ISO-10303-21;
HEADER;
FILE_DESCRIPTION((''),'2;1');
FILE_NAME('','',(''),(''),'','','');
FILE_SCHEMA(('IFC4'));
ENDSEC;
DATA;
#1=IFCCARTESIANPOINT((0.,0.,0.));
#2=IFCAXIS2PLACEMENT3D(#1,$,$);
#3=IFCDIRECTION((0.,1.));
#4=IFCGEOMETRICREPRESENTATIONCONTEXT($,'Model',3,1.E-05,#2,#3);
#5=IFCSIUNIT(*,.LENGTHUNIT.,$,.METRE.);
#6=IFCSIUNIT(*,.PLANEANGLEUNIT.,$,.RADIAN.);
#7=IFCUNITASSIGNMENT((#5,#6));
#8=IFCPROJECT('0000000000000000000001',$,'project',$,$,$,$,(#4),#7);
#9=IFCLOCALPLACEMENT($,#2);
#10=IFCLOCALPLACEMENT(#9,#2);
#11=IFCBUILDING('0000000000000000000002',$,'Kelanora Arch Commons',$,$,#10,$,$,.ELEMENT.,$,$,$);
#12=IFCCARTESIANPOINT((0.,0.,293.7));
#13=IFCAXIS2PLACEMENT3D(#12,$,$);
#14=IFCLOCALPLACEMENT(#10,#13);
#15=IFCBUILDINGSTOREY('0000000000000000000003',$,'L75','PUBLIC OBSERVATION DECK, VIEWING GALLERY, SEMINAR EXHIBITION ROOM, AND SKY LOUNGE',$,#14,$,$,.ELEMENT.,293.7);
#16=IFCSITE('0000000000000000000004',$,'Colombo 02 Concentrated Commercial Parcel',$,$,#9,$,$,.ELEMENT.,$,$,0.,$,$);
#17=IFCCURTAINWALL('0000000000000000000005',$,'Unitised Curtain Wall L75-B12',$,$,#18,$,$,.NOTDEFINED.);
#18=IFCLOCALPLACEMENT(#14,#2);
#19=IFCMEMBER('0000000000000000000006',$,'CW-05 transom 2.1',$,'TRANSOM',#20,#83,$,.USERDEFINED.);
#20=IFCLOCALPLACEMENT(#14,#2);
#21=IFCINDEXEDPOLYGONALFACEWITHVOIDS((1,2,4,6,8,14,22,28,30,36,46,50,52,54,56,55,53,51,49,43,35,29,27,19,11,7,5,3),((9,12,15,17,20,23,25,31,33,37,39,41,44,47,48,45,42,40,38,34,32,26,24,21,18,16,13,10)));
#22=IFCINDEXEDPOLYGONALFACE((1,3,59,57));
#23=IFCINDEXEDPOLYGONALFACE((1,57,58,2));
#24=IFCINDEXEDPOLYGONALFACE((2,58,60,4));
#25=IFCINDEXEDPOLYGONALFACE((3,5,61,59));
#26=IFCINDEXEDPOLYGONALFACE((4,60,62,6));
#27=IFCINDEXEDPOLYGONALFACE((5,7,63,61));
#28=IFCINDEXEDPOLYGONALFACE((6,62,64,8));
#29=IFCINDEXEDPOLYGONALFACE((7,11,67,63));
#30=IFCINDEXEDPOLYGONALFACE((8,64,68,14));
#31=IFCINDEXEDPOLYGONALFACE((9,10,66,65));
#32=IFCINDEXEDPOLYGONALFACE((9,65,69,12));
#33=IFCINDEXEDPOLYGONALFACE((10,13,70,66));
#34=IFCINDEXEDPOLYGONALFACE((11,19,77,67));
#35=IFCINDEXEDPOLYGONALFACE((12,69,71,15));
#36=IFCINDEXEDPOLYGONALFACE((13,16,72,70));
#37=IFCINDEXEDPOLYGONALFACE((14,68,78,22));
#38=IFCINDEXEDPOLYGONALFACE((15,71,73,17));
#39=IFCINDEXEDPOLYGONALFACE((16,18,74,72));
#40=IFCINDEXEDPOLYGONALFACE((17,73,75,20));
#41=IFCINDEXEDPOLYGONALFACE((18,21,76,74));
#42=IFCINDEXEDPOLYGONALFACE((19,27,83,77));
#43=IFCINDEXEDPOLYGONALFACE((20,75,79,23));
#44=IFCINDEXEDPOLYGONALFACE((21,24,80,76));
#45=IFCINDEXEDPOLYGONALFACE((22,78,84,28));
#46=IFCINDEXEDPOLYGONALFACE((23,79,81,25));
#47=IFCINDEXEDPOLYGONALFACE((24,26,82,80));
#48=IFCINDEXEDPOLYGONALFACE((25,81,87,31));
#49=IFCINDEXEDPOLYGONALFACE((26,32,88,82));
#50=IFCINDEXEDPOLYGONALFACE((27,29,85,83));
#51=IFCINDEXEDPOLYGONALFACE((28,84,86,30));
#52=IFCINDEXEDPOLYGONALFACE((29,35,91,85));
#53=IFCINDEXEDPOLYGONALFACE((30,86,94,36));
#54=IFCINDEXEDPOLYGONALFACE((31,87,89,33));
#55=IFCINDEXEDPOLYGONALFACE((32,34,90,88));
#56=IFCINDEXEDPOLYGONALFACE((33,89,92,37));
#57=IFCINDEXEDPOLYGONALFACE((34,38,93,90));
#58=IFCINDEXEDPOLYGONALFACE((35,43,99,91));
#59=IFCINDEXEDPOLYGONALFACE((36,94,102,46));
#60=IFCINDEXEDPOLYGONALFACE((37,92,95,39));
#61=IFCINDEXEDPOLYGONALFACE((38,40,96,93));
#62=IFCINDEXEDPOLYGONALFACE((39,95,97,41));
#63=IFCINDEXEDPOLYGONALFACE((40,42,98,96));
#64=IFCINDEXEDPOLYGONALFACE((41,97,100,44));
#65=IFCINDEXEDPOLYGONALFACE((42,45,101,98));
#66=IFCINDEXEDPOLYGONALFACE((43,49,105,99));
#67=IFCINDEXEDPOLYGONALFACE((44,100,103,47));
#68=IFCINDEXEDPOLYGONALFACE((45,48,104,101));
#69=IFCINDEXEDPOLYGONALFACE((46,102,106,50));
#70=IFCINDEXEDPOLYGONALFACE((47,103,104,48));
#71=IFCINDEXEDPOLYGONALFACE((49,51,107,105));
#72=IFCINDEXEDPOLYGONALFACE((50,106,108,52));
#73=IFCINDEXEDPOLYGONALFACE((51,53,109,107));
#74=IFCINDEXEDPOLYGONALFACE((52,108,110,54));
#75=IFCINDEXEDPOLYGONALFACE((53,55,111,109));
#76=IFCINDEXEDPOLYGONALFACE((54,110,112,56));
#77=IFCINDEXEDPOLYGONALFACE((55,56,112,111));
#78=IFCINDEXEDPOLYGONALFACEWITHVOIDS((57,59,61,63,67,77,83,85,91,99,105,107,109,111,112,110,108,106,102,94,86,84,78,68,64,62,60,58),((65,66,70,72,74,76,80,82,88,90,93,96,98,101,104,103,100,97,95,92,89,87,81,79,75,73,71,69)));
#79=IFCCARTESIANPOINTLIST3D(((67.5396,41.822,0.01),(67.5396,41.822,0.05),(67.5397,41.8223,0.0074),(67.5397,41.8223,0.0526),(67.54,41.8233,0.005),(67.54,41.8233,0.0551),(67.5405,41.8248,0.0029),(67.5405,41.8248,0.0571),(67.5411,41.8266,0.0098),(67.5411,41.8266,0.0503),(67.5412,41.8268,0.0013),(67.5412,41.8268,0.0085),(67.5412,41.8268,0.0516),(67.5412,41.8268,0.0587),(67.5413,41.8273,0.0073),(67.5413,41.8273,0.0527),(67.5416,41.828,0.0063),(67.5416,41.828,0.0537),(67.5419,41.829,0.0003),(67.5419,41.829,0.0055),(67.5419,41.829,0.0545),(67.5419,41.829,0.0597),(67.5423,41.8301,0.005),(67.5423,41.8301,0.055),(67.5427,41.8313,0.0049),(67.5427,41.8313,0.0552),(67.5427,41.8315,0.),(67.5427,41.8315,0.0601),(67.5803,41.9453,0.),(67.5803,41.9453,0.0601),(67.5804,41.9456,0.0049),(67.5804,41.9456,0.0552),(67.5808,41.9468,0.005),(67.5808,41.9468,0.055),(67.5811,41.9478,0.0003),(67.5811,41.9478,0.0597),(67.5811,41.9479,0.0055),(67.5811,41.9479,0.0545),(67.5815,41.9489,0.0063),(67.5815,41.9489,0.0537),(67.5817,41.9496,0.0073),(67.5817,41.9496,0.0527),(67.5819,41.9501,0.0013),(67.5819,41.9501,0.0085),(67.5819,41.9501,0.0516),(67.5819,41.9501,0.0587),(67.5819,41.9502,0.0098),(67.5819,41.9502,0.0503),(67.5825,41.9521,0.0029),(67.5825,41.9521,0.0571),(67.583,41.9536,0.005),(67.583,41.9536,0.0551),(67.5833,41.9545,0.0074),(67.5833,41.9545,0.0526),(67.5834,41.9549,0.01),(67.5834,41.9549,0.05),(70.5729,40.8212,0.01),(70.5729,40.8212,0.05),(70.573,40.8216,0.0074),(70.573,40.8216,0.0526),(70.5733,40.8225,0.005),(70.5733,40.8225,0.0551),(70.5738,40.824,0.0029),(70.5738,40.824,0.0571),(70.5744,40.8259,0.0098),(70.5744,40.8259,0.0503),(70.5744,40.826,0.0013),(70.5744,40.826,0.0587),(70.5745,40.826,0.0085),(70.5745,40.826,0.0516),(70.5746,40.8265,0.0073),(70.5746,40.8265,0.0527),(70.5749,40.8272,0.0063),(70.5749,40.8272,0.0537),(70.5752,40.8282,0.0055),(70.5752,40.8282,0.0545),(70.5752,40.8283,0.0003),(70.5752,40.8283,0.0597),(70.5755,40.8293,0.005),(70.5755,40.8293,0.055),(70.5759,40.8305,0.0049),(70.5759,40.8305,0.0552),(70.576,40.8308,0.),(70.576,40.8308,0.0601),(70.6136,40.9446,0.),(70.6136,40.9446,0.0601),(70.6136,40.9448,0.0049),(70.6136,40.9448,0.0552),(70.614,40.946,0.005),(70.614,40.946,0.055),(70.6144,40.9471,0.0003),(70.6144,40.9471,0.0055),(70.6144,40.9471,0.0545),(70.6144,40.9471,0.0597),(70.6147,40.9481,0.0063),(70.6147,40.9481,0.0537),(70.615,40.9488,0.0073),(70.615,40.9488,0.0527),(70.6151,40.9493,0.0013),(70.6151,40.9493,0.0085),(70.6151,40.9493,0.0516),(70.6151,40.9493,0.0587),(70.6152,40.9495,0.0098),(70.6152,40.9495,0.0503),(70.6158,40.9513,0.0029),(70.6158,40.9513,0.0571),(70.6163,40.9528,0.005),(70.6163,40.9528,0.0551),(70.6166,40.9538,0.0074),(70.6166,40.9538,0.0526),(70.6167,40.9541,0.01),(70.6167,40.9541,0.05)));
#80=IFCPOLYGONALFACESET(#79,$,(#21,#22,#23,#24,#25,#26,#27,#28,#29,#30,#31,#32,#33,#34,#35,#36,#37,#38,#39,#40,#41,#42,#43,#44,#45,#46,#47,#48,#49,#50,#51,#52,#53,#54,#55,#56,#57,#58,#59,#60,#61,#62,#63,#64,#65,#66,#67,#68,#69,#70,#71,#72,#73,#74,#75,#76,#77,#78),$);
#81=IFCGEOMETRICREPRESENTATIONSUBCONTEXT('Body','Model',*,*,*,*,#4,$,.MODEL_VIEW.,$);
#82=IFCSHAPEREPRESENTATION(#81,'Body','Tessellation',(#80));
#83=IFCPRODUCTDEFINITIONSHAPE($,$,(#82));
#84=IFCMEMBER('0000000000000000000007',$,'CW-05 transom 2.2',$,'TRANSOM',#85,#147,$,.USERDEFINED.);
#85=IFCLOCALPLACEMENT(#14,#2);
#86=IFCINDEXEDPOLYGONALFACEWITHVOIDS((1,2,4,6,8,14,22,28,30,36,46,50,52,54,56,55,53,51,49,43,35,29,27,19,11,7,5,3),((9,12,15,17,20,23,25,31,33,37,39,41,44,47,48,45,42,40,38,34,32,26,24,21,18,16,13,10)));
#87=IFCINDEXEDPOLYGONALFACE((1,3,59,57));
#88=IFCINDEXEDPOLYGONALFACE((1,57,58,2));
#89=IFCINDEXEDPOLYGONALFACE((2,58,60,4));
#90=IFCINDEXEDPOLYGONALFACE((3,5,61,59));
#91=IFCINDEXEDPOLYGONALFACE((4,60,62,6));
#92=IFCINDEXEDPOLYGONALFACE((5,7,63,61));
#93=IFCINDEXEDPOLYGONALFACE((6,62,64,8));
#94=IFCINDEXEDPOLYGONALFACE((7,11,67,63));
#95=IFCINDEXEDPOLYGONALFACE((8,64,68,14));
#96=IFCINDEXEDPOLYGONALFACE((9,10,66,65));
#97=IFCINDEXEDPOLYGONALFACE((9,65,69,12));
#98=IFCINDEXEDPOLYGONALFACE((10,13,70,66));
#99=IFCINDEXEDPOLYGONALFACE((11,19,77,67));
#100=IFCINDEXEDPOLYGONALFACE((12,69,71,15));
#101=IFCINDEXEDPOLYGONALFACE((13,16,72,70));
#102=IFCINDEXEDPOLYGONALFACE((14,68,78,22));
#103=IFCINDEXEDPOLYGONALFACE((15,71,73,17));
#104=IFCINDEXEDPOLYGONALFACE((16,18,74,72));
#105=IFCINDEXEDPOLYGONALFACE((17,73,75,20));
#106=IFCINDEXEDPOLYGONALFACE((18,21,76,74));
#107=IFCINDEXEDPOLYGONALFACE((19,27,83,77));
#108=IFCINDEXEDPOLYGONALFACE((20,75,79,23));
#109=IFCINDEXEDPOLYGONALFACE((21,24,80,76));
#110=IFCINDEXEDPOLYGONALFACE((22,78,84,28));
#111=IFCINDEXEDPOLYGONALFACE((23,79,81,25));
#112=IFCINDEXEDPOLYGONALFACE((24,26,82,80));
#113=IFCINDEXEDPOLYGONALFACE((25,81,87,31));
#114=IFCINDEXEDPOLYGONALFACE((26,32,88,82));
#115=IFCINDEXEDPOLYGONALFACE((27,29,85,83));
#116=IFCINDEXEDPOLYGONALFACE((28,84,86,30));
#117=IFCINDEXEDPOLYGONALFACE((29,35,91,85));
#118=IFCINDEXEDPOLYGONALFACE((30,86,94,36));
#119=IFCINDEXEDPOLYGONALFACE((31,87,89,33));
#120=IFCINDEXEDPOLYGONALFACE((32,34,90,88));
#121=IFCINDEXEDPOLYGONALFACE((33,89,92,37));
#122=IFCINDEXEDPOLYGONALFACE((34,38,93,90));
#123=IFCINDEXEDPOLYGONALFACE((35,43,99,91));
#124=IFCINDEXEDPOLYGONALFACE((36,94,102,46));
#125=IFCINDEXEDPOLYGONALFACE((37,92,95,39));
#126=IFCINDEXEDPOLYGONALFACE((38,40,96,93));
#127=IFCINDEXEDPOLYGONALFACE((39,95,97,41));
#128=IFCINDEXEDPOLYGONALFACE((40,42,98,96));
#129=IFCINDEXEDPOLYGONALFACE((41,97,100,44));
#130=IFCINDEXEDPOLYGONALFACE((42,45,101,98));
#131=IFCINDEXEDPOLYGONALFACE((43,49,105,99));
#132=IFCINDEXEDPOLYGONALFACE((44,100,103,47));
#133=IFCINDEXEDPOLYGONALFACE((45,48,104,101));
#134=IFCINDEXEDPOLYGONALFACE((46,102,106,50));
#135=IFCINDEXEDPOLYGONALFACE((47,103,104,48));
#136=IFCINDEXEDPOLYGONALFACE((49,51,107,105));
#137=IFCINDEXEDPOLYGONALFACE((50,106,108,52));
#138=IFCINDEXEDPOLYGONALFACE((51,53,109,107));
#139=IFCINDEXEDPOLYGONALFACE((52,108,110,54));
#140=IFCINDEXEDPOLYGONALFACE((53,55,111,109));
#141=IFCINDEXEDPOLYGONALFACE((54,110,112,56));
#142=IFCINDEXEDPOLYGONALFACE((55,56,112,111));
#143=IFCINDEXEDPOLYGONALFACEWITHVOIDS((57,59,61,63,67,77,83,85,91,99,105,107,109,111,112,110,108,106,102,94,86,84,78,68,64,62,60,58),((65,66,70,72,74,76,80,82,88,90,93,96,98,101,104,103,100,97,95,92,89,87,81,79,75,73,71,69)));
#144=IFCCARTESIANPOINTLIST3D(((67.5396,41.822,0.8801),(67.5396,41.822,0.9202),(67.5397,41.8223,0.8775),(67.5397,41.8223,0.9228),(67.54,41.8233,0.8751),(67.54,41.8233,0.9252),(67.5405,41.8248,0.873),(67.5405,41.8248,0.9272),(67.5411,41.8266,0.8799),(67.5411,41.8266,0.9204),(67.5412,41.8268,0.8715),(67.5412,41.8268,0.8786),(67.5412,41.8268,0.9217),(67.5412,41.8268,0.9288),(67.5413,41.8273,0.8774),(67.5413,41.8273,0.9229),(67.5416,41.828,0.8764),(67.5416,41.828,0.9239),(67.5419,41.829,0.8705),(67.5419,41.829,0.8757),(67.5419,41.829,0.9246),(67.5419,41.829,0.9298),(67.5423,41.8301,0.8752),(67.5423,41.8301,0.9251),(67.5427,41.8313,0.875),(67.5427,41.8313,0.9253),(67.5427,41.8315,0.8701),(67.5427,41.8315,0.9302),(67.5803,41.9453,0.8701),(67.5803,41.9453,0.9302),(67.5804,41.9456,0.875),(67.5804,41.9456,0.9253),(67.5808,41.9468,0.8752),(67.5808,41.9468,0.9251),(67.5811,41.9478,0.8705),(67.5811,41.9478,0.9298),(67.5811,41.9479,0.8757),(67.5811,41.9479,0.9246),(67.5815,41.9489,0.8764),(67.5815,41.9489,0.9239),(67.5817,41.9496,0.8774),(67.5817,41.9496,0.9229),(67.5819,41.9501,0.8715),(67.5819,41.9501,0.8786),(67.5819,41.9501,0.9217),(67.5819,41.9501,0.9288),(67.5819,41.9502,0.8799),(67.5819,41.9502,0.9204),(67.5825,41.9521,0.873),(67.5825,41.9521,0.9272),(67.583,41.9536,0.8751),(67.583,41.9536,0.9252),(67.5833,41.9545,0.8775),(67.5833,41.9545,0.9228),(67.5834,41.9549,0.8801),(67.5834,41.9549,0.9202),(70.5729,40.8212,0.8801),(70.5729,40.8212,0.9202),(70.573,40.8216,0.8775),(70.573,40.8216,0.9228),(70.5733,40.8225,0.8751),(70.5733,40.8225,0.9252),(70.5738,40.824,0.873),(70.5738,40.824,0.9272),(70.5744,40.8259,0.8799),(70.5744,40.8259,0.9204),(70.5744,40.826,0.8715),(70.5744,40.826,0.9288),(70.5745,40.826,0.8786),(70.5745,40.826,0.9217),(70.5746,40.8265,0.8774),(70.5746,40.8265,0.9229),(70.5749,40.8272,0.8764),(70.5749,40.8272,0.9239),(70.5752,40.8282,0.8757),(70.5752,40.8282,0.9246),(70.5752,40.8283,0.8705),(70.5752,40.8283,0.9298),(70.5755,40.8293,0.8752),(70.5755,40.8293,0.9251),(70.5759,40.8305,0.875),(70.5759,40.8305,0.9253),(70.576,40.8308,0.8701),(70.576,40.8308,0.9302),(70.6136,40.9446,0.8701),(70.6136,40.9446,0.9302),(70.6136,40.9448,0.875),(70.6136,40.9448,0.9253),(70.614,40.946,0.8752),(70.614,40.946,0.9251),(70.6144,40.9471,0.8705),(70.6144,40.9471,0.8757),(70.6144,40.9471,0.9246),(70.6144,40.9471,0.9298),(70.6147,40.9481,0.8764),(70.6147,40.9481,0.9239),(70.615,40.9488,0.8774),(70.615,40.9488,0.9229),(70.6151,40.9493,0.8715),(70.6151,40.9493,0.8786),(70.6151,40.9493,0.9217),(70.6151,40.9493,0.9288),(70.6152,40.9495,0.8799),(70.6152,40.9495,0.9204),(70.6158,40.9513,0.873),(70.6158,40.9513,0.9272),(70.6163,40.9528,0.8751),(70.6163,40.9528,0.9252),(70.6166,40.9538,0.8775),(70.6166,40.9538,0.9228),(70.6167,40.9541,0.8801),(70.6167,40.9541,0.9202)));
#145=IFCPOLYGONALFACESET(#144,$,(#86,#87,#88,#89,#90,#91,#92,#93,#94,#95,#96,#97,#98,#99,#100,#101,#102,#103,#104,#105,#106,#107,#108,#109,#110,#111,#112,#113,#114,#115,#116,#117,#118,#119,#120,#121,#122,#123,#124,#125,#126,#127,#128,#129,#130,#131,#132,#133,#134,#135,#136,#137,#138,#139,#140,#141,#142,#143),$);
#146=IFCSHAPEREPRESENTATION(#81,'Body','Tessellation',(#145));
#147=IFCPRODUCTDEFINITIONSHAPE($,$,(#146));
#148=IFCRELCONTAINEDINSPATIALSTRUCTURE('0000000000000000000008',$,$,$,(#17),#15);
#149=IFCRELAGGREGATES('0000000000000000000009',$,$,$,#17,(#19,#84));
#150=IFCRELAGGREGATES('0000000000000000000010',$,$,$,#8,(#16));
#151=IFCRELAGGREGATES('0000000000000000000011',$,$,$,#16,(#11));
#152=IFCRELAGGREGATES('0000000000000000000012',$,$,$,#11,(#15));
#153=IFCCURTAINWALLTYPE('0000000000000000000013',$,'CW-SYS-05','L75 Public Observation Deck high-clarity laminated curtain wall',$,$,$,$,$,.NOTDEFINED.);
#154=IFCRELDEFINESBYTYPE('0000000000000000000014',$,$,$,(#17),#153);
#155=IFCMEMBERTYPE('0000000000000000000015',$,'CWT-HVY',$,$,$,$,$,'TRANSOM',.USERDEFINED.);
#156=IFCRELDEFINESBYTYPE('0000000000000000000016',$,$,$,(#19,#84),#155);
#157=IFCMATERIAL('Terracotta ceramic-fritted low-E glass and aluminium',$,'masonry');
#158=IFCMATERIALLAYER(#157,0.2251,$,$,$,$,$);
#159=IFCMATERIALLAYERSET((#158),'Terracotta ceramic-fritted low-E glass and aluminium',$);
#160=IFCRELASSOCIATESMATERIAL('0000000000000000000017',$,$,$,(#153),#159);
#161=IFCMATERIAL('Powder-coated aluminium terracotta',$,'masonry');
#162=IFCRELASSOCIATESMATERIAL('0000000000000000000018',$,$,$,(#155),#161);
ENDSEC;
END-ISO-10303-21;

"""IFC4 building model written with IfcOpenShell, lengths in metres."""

from ifc_helpers import new_model, si_unit, direction, frame, origin, origin_2d, place, context, subcontext, project, spatial, hollow_rectangle, extrude, material, layer, layer_set, material_profile, profile_set, type_object, element, aggregate, save


model = new_model("IFC4")

# Units and contexts
model_context = context("Model", 3, precision=1e-05, world=origin(), true_north=direction((0.0, 1.0)))
body_context = subcontext(model_context, "Body", "Model", "MODEL_VIEW")
ifc_project = project(units=[si_unit("LENGTHUNIT", "METRE"), si_unit("PLANEANGLEUNIT", "RADIAN")], contexts=[model_context])

# Site, building, storey
site_placement = place(None, origin())
site = spatial("IfcSite", under=ifc_project, at=site_placement, Name="Colombo 02 Concentrated Commercial Parcel", CompositionType="ELEMENT", RefElevation=0.0)
building_placement = place(site_placement, origin())
building = spatial("IfcBuilding", under=site, at=building_placement, Name="Kelanora Arch Commons", CompositionType="ELEMENT")
storey_placement = place(building_placement, frame((0.0, 0.0, 293.7)))
storey = spatial("IfcBuildingStorey", under=building, at=storey_placement, Name="L75", Description="PUBLIC OBSERVATION DECK, VIEWING GALLERY, SEMINAR EXHIBITION ROOM, AND SKY LOUNGE", CompositionType="ELEMENT", Elevation=293.7)

# Curtain wall
ifc_material_1 = material(Name="Terracotta ceramic-fritted low-E glass and aluminium", Category="masonry")
ifc_layer_1 = layer(ifc_material_1, 0.2251)
ifc_layer_set_1 = layer_set([ifc_layer_1], Name="Terracotta ceramic-fritted low-E glass and aluminium")
curtain_wall_type = type_object("IfcCurtainWallType", Name="CW-SYS-05", Description="L75 Public Observation Deck high-clarity laminated curtain wall", PredefinedType="NOTDEFINED", material=ifc_layer_set_1)
curtain_wall_1_placement = place(storey_placement, origin())
curtain_wall_1 = element("IfcCurtainWall", 1, at=curtain_wall_1_placement, inside=storey, type_object=curtain_wall_type, Name="Unitised Curtain Wall L75-B12", PredefinedType="NOTDEFINED")
ifc_material_2 = material(Name="Powder-coated aluminium terracotta", Category="masonry")

# Members
ifc_material_profile_1 = material_profile(ifc_material_2, hollow_rectangle(XDim=0.1399, YDim=0.0601, WallThickness=0.0049, InnerFilletRadius=0.0049, OuterFilletRadius=0.01, at=origin_2d()), Name="CWT140x60")
ifc_profile_set_1 = profile_set([ifc_material_profile_1], Name="Powder-coated aluminium terracotta")
member_type_1 = type_object("IfcMemberType", Name="CWT-HVY", ElementType="TRANSOM", PredefinedType="USERDEFINED", material=ifc_profile_set_1)
member_1_placement = place(storey_placement, frame((67.5615, 41.8884, 0.03), z_axis=(0.94965, -0.313314, 0.0), x_axis=(0.313314, 0.94965, 0.0)))
member_1 = element("IfcMember", 2, at=member_1_placement, type_object=member_type_1, Name="CW-05 transom 2.1", ObjectType="TRANSOM", PredefinedType="USERDEFINED", context=body_context, shape_type="SweptSolid", body=[
    extrude(hollow_rectangle(XDim=0.1399, YDim=0.0601, WallThickness=0.0049, InnerFilletRadius=0.0049, OuterFilletRadius=0.01, at=origin_2d()), origin(), (0.0, 0.0, 1.0), 3.1941),
])
member_2_placement = place(storey_placement, frame((67.5615, 41.8884, 0.9001), z_axis=(0.94965, -0.313314, 0.0), x_axis=(0.313314, 0.94965, 0.0)))
member_2 = element("IfcMember", 3, at=member_2_placement, type_object=member_type_1, Name="CW-05 transom 2.2", ObjectType="TRANSOM", PredefinedType="USERDEFINED", context=body_context, shape_type="SweptSolid", body=[
    extrude(hollow_rectangle(XDim=0.1399, YDim=0.0601, WallThickness=0.0049, InnerFilletRadius=0.0049, OuterFilletRadius=0.01, at=origin_2d()), origin(), (0.0, 0.0, 1.0), 3.1941),
])

aggregate(curtain_wall_1, [member_1, member_2])

save(model, "model.ifc")
